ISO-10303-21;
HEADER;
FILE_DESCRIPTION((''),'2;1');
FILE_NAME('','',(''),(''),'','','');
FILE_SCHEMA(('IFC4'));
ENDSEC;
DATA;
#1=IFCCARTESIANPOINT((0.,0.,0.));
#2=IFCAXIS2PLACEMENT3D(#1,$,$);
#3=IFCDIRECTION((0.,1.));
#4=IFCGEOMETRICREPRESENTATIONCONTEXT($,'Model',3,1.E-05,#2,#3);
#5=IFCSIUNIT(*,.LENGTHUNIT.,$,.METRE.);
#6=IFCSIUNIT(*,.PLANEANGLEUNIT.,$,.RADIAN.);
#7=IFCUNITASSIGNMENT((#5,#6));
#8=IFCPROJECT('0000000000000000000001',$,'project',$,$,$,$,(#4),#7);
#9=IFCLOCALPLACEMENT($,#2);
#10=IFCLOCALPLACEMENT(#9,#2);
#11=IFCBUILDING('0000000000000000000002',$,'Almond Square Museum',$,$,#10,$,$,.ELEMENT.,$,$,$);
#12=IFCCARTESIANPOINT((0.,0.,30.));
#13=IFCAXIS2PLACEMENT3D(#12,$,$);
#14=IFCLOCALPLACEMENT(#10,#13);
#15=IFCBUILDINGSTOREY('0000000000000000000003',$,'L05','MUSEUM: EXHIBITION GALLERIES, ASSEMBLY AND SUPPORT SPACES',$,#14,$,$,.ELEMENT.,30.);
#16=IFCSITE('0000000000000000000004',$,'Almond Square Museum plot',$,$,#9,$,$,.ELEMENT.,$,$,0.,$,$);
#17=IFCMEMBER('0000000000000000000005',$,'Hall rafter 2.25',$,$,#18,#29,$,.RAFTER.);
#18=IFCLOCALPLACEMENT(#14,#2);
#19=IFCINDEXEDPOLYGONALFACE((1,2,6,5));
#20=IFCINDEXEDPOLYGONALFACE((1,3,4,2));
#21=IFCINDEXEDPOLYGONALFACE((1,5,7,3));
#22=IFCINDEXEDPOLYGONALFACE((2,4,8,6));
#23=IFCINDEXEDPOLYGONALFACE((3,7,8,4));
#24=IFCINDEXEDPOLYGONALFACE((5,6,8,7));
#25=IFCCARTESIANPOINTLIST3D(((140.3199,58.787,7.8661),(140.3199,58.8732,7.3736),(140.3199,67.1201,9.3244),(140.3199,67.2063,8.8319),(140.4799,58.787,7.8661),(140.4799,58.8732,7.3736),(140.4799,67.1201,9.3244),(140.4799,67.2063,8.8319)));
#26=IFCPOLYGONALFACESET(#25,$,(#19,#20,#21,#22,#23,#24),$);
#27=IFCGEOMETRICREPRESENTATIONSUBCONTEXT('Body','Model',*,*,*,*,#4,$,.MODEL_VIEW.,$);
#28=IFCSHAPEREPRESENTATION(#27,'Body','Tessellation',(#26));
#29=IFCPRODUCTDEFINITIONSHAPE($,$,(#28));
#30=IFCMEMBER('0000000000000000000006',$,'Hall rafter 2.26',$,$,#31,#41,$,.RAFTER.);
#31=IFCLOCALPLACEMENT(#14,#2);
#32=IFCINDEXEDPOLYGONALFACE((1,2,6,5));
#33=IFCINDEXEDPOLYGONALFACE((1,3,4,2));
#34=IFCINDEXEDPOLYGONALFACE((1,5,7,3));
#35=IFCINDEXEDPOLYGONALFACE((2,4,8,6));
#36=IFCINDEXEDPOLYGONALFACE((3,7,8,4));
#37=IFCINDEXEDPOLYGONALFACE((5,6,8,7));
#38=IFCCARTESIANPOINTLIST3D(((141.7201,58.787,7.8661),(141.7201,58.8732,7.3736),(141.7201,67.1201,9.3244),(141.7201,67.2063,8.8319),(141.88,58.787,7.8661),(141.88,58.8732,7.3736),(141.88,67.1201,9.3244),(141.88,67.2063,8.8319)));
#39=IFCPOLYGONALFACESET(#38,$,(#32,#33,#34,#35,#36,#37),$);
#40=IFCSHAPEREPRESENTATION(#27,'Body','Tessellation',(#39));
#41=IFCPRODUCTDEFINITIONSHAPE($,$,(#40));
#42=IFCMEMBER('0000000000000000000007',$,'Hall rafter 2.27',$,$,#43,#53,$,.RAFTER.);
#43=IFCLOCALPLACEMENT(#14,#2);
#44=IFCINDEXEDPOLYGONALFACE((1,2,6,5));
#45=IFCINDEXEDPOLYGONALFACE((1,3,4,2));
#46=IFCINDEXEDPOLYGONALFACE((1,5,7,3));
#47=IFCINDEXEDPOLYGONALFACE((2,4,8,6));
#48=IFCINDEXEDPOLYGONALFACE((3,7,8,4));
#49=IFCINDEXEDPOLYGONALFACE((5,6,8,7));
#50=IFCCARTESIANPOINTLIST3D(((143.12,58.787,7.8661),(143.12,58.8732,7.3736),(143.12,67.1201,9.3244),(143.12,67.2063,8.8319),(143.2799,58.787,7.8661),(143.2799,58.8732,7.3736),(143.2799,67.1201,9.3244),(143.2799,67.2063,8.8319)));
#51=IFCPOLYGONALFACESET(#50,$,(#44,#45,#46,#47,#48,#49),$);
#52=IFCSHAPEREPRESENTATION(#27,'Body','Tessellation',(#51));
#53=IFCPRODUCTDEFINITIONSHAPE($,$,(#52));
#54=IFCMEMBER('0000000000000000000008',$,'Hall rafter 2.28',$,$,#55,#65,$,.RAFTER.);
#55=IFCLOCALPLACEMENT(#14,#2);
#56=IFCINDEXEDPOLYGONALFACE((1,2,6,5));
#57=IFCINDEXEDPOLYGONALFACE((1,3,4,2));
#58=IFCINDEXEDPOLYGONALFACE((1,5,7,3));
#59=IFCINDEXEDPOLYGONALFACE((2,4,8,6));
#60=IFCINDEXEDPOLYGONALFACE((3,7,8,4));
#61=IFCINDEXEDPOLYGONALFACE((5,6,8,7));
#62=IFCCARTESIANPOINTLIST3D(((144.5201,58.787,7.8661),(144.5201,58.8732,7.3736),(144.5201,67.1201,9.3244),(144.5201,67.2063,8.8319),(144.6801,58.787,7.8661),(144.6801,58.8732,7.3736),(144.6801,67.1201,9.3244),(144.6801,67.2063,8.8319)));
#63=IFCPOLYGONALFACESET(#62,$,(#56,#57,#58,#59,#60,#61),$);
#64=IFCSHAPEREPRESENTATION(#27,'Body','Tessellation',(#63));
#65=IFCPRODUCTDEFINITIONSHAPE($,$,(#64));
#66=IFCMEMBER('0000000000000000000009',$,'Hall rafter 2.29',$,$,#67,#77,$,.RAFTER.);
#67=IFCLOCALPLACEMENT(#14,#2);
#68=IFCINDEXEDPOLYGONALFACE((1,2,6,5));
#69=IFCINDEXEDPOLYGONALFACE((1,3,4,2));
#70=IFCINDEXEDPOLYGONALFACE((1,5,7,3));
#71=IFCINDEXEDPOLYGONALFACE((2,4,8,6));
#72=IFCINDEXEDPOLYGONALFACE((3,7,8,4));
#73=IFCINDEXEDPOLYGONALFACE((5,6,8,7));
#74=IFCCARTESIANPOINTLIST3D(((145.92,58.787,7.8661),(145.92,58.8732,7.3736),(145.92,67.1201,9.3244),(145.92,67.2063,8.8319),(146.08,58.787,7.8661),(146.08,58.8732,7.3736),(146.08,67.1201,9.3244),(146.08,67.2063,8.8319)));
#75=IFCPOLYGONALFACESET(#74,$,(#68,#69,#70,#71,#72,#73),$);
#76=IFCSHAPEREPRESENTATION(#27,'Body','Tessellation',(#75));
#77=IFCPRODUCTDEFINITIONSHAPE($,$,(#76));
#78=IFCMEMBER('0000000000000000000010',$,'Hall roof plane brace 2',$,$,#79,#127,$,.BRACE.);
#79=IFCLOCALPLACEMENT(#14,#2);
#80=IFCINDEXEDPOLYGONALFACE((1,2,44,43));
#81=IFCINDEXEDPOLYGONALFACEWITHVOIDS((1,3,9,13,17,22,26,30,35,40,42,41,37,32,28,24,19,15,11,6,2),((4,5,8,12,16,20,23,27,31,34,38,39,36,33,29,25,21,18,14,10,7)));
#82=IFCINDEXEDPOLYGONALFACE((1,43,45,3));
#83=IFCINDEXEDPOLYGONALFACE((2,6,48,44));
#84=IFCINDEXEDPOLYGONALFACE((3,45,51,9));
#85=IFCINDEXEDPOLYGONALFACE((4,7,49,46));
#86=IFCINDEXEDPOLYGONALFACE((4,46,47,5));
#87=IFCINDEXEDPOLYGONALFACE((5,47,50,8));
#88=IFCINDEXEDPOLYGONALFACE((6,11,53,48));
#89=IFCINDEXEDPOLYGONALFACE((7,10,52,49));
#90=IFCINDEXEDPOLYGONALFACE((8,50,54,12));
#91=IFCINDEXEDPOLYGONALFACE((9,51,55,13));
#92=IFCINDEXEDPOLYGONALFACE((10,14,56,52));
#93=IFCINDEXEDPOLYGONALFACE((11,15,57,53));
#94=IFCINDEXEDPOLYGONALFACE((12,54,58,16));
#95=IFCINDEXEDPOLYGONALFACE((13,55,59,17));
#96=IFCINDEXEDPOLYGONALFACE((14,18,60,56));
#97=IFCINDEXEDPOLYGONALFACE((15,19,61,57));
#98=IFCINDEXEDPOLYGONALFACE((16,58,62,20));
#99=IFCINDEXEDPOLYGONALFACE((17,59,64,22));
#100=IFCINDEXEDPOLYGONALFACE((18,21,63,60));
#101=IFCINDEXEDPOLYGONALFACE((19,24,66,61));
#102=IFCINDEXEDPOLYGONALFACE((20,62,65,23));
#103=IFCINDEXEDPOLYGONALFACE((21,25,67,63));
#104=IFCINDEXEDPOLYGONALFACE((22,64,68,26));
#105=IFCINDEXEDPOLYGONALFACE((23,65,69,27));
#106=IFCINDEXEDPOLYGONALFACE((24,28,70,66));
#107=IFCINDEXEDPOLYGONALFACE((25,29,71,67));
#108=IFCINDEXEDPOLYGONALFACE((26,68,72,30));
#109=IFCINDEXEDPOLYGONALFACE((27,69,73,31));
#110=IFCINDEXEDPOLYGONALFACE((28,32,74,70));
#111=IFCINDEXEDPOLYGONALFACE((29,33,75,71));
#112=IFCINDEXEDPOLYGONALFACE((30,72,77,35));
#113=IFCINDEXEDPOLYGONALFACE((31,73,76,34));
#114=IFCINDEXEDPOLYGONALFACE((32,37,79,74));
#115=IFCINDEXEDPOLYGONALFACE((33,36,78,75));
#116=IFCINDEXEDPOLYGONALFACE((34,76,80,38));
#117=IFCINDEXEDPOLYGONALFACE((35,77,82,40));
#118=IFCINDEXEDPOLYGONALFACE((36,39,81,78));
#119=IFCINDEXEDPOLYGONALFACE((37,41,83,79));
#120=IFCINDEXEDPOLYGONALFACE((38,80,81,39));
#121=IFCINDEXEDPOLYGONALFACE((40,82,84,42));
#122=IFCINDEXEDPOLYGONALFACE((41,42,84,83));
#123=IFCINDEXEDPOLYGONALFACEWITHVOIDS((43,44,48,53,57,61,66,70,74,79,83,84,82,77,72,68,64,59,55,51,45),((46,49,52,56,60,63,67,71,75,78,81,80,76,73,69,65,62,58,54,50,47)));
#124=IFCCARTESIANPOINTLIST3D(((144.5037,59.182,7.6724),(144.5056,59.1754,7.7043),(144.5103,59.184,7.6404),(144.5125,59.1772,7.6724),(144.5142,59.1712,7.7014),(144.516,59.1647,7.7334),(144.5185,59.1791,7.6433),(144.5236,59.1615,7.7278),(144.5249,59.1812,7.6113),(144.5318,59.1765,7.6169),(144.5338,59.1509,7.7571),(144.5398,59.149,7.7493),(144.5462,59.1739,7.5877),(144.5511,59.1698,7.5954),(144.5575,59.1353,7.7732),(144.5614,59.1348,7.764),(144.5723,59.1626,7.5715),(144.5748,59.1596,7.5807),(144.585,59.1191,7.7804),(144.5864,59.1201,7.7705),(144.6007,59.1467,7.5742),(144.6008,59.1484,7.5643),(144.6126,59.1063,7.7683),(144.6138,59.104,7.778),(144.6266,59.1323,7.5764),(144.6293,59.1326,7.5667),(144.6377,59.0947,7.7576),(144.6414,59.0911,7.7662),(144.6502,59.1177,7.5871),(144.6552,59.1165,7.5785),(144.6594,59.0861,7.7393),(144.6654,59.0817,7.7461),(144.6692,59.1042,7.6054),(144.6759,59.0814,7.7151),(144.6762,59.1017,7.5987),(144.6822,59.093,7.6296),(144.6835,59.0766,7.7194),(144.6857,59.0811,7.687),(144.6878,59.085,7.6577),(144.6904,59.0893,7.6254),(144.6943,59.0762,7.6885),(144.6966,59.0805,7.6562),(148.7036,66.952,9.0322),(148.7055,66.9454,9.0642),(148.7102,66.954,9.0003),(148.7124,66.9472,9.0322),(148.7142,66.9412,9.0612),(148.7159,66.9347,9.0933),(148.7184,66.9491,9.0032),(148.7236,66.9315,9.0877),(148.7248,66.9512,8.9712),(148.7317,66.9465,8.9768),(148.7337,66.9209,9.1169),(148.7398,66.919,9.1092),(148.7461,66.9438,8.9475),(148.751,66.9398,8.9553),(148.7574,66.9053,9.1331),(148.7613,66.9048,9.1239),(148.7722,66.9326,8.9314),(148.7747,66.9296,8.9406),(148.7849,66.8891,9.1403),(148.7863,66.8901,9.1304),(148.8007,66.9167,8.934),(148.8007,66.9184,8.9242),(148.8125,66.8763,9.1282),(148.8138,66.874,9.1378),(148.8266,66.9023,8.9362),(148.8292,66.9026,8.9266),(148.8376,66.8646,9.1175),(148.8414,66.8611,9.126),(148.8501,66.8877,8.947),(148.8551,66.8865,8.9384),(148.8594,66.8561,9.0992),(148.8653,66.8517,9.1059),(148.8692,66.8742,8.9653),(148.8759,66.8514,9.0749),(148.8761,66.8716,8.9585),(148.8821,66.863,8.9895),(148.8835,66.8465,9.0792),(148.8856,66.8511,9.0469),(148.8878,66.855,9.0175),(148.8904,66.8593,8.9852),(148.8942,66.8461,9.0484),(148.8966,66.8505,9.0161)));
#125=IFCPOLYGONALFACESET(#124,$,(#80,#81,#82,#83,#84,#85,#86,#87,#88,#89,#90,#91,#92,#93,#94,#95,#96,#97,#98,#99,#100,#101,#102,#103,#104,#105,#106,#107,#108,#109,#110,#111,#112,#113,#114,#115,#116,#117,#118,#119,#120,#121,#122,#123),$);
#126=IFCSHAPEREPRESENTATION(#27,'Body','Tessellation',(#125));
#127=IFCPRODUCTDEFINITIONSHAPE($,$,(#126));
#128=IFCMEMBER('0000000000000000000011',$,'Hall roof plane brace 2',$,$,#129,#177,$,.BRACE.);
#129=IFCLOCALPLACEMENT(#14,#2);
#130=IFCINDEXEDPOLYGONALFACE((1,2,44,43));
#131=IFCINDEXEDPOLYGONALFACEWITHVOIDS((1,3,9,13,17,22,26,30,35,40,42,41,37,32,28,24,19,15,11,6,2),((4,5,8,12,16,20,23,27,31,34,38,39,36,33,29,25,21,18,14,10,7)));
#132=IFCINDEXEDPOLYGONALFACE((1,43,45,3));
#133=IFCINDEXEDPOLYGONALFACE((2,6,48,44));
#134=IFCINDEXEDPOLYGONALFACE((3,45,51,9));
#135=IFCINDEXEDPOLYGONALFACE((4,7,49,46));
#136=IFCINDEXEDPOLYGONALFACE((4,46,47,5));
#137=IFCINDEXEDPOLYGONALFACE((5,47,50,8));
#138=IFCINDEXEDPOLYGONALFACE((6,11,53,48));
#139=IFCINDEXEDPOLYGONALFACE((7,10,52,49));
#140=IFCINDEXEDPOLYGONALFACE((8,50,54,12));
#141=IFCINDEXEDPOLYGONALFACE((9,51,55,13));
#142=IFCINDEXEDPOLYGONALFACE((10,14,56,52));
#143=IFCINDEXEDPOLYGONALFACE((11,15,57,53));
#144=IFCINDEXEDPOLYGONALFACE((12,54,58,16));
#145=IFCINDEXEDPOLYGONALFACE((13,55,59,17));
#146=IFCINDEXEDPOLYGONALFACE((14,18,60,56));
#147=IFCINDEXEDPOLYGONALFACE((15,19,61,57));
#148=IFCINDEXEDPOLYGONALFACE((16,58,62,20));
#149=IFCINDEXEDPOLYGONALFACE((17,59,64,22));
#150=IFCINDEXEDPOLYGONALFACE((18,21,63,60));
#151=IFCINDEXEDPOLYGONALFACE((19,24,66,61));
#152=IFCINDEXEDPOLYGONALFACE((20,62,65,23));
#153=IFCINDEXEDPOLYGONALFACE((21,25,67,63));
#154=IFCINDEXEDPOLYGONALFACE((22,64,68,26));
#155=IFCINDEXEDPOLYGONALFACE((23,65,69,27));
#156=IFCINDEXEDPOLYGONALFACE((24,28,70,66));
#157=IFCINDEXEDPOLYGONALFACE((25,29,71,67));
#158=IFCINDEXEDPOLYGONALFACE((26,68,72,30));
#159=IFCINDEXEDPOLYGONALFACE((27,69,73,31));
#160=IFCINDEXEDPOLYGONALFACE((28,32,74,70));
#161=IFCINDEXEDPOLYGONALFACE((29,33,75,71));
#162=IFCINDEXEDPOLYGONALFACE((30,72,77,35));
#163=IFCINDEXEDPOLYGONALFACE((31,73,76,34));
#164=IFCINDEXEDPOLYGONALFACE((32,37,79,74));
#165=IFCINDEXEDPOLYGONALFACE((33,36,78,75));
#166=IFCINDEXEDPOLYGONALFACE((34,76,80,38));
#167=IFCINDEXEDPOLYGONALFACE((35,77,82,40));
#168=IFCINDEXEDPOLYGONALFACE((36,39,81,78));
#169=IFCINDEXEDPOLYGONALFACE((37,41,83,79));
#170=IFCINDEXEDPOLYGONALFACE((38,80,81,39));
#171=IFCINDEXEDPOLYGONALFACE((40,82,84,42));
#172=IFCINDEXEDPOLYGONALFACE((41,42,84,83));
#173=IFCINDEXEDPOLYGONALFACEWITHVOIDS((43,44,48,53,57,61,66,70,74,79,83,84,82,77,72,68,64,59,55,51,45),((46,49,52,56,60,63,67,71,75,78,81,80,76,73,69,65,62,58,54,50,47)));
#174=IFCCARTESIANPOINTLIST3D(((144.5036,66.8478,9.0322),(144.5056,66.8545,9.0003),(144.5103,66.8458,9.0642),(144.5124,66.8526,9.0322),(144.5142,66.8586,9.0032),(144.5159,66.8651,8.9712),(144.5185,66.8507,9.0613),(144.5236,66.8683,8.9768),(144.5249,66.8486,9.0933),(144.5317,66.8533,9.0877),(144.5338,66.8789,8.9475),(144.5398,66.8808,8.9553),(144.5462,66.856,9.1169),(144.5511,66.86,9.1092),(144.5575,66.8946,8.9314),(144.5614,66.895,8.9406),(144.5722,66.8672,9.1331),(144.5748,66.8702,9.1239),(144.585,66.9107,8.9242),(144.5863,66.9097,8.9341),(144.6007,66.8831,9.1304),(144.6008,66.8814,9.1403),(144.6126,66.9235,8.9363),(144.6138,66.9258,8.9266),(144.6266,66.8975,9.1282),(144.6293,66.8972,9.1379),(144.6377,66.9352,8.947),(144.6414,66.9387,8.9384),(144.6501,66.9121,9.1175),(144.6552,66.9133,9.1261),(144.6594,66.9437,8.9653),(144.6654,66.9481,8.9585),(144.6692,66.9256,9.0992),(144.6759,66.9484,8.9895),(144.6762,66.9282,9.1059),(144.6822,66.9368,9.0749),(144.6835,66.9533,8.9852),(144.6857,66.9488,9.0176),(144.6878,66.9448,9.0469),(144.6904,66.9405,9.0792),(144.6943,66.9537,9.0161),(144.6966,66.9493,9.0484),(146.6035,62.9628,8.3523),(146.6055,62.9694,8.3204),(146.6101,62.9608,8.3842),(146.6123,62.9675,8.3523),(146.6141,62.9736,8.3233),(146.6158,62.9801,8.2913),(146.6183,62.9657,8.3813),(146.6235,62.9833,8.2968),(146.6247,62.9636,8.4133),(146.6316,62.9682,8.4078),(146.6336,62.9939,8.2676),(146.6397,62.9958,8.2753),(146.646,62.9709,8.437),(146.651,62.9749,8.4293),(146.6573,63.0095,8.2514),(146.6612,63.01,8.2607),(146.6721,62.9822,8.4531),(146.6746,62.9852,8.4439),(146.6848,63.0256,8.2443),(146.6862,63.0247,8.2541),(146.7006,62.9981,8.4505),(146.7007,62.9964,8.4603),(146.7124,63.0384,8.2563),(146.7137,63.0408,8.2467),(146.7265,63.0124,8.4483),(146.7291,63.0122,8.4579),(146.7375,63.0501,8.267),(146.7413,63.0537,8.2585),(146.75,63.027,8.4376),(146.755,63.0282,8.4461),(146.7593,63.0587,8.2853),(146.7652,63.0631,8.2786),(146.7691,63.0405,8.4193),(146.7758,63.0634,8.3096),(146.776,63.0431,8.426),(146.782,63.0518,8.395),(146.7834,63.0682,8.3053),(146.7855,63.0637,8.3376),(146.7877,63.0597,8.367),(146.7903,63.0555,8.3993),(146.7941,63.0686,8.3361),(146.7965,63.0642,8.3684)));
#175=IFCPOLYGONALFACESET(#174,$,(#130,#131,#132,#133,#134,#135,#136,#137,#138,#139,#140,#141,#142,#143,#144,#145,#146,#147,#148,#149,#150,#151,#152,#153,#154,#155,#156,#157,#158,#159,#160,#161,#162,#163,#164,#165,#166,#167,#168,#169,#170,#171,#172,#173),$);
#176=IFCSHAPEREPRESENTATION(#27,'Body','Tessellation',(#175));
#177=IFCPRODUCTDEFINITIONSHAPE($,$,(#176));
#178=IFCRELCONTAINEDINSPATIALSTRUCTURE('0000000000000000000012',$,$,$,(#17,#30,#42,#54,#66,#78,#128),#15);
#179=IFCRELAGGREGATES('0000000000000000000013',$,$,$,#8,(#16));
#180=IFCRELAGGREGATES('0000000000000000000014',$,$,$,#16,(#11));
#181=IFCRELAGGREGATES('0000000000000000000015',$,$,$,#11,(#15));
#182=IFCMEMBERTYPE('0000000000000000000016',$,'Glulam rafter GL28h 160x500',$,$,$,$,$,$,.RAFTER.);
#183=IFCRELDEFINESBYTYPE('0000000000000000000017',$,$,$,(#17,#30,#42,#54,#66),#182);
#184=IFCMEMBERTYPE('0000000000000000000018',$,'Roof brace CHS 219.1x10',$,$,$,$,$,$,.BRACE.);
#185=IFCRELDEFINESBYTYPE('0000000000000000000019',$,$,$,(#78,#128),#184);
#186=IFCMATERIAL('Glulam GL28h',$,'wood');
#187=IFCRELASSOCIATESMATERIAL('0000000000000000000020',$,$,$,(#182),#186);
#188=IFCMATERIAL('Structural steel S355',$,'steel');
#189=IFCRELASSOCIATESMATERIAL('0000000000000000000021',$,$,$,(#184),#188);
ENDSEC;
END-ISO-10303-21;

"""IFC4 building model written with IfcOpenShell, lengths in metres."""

from ifc_helpers import new_model, si_unit, direction, frame, origin, origin_2d, place, context, subcontext, project, spatial, rectangle, hollow_circle, extrude, material, material_profile, profile_set, type_object, element, save


model = new_model("IFC4")

# Units and contexts
model_context = context("Model", 3, precision=1e-05, world=origin(), true_north=direction((0.0, 1.0)))
body_context = subcontext(model_context, "Body", "Model", "MODEL_VIEW")
ifc_project = project(units=[si_unit("LENGTHUNIT", "METRE"), si_unit("PLANEANGLEUNIT", "RADIAN")], contexts=[model_context])

# Site, building, storey
site_placement = place(None, origin())
site = spatial("IfcSite", under=ifc_project, at=site_placement, Name="Almond Square Museum plot", CompositionType="ELEMENT", RefElevation=0.0)
building_placement = place(site_placement, origin())
building = spatial("IfcBuilding", under=site, at=building_placement, Name="Almond Square Museum", CompositionType="ELEMENT")
storey_placement = place(building_placement, frame((0.0, 0.0, 30.0)))
storey = spatial("IfcBuildingStorey", under=building, at=storey_placement, Name="L05", Description="MUSEUM: EXHIBITION GALLERIES, ASSEMBLY AND SUPPORT SPACES", CompositionType="ELEMENT", Elevation=30.0)

# Members
ifc_material_1 = material(Name="Glulam GL28h", Category="wood")
ifc_material_profile_1 = material_profile(ifc_material_1, rectangle(XDim=0.1599, YDim=0.5, at=origin_2d()))
ifc_profile_set_1 = profile_set([ifc_material_profile_1], Name="Glulam GL28h")
member_type_1 = type_object("IfcMemberType", Name="Glulam rafter GL28h 160x500", PredefinedType="RAFTER", material=ifc_profile_set_1)
for number, where, z_axis, x_axis, name in (
    (1, (140.3999, 58.8301, 7.6199), (0.0, 0.985031, 0.172378), (-1.0, 0.0, 0.0), "Hall rafter 2.25"),
    (2, (141.8, 58.8301, 7.6199), (0.0, 0.985031, 0.172378), (-1.0, 0.0, 0.0), "Hall rafter 2.26"),
    (3, (143.2, 58.8301, 7.6199), (0.0, 0.985031, 0.172378), (-1.0, 0.0, 0.0), "Hall rafter 2.27"),
    (4, (144.6001, 58.8301, 7.6199), (0.0, 0.985031, 0.172378), (-1.0, 0.0, 0.0), "Hall rafter 2.28"),
    (5, (146.0, 58.8301, 7.6199), (0.0, 0.985031, 0.172378), (-1.0, 0.0, 0.0), "Hall rafter 2.29"),
):
    element("IfcMember", number, at=place(storey_placement, frame(where, z_axis=z_axis, x_axis=x_axis)), inside=storey, type_object=member_type_1, Name=name, PredefinedType="RAFTER", context=body_context, shape_type="SweptSolid", body=[
        extrude(rectangle(XDim=0.1599, YDim=0.5, at=origin_2d()), origin(), (0.0, 0.0, 1.0), 8.4597),
    ])
ifc_material_2 = material(Name="Structural steel S355", Category="steel")
ifc_material_profile_2 = material_profile(ifc_material_2, hollow_circle(Radius=0.1096, WallThickness=0.01, at=origin_2d()))
ifc_profile_set_2 = profile_set([ifc_material_profile_2], Name="Structural steel S355")
member_type_2 = type_object("IfcMemberType", Name="Roof brace CHS 219.1x10", PredefinedType="BRACE", material=ifc_profile_set_2)
member_1_placement = place(storey_placement, frame((144.6001, 59.1299, 7.6724), z_axis=(0.469974, 0.869465, 0.152169), x_axis=(-0.879709, 0.475512, 0.0)))
element("IfcMember", 6, at=member_1_placement, inside=storey, type_object=member_type_2, Name="Hall roof plane brace 2", PredefinedType="BRACE", context=body_context, shape_type="SweptSolid", body=[
    extrude(hollow_circle(Radius=0.1096, WallThickness=0.01, at=origin_2d()), origin(), (0.0, 0.0, 1.0), 8.9365),
])
member_2_placement = place(storey_placement, frame((146.7, 63.0149, 8.3523), z_axis=(-0.469953, 0.869476, 0.152171), x_axis=(-0.879721, -0.47549, 0.0)))
element("IfcMember", 7, at=member_2_placement, inside=storey, type_object=member_type_2, Name="Hall roof plane brace 2", PredefinedType="BRACE", context=body_context, shape_type="SweptSolid", body=[
    extrude(hollow_circle(Radius=0.1096, WallThickness=0.01, at=origin_2d()), origin(), (0.0, 0.0, 1.0), 4.4683),
])

save(model, "model.ifc")
